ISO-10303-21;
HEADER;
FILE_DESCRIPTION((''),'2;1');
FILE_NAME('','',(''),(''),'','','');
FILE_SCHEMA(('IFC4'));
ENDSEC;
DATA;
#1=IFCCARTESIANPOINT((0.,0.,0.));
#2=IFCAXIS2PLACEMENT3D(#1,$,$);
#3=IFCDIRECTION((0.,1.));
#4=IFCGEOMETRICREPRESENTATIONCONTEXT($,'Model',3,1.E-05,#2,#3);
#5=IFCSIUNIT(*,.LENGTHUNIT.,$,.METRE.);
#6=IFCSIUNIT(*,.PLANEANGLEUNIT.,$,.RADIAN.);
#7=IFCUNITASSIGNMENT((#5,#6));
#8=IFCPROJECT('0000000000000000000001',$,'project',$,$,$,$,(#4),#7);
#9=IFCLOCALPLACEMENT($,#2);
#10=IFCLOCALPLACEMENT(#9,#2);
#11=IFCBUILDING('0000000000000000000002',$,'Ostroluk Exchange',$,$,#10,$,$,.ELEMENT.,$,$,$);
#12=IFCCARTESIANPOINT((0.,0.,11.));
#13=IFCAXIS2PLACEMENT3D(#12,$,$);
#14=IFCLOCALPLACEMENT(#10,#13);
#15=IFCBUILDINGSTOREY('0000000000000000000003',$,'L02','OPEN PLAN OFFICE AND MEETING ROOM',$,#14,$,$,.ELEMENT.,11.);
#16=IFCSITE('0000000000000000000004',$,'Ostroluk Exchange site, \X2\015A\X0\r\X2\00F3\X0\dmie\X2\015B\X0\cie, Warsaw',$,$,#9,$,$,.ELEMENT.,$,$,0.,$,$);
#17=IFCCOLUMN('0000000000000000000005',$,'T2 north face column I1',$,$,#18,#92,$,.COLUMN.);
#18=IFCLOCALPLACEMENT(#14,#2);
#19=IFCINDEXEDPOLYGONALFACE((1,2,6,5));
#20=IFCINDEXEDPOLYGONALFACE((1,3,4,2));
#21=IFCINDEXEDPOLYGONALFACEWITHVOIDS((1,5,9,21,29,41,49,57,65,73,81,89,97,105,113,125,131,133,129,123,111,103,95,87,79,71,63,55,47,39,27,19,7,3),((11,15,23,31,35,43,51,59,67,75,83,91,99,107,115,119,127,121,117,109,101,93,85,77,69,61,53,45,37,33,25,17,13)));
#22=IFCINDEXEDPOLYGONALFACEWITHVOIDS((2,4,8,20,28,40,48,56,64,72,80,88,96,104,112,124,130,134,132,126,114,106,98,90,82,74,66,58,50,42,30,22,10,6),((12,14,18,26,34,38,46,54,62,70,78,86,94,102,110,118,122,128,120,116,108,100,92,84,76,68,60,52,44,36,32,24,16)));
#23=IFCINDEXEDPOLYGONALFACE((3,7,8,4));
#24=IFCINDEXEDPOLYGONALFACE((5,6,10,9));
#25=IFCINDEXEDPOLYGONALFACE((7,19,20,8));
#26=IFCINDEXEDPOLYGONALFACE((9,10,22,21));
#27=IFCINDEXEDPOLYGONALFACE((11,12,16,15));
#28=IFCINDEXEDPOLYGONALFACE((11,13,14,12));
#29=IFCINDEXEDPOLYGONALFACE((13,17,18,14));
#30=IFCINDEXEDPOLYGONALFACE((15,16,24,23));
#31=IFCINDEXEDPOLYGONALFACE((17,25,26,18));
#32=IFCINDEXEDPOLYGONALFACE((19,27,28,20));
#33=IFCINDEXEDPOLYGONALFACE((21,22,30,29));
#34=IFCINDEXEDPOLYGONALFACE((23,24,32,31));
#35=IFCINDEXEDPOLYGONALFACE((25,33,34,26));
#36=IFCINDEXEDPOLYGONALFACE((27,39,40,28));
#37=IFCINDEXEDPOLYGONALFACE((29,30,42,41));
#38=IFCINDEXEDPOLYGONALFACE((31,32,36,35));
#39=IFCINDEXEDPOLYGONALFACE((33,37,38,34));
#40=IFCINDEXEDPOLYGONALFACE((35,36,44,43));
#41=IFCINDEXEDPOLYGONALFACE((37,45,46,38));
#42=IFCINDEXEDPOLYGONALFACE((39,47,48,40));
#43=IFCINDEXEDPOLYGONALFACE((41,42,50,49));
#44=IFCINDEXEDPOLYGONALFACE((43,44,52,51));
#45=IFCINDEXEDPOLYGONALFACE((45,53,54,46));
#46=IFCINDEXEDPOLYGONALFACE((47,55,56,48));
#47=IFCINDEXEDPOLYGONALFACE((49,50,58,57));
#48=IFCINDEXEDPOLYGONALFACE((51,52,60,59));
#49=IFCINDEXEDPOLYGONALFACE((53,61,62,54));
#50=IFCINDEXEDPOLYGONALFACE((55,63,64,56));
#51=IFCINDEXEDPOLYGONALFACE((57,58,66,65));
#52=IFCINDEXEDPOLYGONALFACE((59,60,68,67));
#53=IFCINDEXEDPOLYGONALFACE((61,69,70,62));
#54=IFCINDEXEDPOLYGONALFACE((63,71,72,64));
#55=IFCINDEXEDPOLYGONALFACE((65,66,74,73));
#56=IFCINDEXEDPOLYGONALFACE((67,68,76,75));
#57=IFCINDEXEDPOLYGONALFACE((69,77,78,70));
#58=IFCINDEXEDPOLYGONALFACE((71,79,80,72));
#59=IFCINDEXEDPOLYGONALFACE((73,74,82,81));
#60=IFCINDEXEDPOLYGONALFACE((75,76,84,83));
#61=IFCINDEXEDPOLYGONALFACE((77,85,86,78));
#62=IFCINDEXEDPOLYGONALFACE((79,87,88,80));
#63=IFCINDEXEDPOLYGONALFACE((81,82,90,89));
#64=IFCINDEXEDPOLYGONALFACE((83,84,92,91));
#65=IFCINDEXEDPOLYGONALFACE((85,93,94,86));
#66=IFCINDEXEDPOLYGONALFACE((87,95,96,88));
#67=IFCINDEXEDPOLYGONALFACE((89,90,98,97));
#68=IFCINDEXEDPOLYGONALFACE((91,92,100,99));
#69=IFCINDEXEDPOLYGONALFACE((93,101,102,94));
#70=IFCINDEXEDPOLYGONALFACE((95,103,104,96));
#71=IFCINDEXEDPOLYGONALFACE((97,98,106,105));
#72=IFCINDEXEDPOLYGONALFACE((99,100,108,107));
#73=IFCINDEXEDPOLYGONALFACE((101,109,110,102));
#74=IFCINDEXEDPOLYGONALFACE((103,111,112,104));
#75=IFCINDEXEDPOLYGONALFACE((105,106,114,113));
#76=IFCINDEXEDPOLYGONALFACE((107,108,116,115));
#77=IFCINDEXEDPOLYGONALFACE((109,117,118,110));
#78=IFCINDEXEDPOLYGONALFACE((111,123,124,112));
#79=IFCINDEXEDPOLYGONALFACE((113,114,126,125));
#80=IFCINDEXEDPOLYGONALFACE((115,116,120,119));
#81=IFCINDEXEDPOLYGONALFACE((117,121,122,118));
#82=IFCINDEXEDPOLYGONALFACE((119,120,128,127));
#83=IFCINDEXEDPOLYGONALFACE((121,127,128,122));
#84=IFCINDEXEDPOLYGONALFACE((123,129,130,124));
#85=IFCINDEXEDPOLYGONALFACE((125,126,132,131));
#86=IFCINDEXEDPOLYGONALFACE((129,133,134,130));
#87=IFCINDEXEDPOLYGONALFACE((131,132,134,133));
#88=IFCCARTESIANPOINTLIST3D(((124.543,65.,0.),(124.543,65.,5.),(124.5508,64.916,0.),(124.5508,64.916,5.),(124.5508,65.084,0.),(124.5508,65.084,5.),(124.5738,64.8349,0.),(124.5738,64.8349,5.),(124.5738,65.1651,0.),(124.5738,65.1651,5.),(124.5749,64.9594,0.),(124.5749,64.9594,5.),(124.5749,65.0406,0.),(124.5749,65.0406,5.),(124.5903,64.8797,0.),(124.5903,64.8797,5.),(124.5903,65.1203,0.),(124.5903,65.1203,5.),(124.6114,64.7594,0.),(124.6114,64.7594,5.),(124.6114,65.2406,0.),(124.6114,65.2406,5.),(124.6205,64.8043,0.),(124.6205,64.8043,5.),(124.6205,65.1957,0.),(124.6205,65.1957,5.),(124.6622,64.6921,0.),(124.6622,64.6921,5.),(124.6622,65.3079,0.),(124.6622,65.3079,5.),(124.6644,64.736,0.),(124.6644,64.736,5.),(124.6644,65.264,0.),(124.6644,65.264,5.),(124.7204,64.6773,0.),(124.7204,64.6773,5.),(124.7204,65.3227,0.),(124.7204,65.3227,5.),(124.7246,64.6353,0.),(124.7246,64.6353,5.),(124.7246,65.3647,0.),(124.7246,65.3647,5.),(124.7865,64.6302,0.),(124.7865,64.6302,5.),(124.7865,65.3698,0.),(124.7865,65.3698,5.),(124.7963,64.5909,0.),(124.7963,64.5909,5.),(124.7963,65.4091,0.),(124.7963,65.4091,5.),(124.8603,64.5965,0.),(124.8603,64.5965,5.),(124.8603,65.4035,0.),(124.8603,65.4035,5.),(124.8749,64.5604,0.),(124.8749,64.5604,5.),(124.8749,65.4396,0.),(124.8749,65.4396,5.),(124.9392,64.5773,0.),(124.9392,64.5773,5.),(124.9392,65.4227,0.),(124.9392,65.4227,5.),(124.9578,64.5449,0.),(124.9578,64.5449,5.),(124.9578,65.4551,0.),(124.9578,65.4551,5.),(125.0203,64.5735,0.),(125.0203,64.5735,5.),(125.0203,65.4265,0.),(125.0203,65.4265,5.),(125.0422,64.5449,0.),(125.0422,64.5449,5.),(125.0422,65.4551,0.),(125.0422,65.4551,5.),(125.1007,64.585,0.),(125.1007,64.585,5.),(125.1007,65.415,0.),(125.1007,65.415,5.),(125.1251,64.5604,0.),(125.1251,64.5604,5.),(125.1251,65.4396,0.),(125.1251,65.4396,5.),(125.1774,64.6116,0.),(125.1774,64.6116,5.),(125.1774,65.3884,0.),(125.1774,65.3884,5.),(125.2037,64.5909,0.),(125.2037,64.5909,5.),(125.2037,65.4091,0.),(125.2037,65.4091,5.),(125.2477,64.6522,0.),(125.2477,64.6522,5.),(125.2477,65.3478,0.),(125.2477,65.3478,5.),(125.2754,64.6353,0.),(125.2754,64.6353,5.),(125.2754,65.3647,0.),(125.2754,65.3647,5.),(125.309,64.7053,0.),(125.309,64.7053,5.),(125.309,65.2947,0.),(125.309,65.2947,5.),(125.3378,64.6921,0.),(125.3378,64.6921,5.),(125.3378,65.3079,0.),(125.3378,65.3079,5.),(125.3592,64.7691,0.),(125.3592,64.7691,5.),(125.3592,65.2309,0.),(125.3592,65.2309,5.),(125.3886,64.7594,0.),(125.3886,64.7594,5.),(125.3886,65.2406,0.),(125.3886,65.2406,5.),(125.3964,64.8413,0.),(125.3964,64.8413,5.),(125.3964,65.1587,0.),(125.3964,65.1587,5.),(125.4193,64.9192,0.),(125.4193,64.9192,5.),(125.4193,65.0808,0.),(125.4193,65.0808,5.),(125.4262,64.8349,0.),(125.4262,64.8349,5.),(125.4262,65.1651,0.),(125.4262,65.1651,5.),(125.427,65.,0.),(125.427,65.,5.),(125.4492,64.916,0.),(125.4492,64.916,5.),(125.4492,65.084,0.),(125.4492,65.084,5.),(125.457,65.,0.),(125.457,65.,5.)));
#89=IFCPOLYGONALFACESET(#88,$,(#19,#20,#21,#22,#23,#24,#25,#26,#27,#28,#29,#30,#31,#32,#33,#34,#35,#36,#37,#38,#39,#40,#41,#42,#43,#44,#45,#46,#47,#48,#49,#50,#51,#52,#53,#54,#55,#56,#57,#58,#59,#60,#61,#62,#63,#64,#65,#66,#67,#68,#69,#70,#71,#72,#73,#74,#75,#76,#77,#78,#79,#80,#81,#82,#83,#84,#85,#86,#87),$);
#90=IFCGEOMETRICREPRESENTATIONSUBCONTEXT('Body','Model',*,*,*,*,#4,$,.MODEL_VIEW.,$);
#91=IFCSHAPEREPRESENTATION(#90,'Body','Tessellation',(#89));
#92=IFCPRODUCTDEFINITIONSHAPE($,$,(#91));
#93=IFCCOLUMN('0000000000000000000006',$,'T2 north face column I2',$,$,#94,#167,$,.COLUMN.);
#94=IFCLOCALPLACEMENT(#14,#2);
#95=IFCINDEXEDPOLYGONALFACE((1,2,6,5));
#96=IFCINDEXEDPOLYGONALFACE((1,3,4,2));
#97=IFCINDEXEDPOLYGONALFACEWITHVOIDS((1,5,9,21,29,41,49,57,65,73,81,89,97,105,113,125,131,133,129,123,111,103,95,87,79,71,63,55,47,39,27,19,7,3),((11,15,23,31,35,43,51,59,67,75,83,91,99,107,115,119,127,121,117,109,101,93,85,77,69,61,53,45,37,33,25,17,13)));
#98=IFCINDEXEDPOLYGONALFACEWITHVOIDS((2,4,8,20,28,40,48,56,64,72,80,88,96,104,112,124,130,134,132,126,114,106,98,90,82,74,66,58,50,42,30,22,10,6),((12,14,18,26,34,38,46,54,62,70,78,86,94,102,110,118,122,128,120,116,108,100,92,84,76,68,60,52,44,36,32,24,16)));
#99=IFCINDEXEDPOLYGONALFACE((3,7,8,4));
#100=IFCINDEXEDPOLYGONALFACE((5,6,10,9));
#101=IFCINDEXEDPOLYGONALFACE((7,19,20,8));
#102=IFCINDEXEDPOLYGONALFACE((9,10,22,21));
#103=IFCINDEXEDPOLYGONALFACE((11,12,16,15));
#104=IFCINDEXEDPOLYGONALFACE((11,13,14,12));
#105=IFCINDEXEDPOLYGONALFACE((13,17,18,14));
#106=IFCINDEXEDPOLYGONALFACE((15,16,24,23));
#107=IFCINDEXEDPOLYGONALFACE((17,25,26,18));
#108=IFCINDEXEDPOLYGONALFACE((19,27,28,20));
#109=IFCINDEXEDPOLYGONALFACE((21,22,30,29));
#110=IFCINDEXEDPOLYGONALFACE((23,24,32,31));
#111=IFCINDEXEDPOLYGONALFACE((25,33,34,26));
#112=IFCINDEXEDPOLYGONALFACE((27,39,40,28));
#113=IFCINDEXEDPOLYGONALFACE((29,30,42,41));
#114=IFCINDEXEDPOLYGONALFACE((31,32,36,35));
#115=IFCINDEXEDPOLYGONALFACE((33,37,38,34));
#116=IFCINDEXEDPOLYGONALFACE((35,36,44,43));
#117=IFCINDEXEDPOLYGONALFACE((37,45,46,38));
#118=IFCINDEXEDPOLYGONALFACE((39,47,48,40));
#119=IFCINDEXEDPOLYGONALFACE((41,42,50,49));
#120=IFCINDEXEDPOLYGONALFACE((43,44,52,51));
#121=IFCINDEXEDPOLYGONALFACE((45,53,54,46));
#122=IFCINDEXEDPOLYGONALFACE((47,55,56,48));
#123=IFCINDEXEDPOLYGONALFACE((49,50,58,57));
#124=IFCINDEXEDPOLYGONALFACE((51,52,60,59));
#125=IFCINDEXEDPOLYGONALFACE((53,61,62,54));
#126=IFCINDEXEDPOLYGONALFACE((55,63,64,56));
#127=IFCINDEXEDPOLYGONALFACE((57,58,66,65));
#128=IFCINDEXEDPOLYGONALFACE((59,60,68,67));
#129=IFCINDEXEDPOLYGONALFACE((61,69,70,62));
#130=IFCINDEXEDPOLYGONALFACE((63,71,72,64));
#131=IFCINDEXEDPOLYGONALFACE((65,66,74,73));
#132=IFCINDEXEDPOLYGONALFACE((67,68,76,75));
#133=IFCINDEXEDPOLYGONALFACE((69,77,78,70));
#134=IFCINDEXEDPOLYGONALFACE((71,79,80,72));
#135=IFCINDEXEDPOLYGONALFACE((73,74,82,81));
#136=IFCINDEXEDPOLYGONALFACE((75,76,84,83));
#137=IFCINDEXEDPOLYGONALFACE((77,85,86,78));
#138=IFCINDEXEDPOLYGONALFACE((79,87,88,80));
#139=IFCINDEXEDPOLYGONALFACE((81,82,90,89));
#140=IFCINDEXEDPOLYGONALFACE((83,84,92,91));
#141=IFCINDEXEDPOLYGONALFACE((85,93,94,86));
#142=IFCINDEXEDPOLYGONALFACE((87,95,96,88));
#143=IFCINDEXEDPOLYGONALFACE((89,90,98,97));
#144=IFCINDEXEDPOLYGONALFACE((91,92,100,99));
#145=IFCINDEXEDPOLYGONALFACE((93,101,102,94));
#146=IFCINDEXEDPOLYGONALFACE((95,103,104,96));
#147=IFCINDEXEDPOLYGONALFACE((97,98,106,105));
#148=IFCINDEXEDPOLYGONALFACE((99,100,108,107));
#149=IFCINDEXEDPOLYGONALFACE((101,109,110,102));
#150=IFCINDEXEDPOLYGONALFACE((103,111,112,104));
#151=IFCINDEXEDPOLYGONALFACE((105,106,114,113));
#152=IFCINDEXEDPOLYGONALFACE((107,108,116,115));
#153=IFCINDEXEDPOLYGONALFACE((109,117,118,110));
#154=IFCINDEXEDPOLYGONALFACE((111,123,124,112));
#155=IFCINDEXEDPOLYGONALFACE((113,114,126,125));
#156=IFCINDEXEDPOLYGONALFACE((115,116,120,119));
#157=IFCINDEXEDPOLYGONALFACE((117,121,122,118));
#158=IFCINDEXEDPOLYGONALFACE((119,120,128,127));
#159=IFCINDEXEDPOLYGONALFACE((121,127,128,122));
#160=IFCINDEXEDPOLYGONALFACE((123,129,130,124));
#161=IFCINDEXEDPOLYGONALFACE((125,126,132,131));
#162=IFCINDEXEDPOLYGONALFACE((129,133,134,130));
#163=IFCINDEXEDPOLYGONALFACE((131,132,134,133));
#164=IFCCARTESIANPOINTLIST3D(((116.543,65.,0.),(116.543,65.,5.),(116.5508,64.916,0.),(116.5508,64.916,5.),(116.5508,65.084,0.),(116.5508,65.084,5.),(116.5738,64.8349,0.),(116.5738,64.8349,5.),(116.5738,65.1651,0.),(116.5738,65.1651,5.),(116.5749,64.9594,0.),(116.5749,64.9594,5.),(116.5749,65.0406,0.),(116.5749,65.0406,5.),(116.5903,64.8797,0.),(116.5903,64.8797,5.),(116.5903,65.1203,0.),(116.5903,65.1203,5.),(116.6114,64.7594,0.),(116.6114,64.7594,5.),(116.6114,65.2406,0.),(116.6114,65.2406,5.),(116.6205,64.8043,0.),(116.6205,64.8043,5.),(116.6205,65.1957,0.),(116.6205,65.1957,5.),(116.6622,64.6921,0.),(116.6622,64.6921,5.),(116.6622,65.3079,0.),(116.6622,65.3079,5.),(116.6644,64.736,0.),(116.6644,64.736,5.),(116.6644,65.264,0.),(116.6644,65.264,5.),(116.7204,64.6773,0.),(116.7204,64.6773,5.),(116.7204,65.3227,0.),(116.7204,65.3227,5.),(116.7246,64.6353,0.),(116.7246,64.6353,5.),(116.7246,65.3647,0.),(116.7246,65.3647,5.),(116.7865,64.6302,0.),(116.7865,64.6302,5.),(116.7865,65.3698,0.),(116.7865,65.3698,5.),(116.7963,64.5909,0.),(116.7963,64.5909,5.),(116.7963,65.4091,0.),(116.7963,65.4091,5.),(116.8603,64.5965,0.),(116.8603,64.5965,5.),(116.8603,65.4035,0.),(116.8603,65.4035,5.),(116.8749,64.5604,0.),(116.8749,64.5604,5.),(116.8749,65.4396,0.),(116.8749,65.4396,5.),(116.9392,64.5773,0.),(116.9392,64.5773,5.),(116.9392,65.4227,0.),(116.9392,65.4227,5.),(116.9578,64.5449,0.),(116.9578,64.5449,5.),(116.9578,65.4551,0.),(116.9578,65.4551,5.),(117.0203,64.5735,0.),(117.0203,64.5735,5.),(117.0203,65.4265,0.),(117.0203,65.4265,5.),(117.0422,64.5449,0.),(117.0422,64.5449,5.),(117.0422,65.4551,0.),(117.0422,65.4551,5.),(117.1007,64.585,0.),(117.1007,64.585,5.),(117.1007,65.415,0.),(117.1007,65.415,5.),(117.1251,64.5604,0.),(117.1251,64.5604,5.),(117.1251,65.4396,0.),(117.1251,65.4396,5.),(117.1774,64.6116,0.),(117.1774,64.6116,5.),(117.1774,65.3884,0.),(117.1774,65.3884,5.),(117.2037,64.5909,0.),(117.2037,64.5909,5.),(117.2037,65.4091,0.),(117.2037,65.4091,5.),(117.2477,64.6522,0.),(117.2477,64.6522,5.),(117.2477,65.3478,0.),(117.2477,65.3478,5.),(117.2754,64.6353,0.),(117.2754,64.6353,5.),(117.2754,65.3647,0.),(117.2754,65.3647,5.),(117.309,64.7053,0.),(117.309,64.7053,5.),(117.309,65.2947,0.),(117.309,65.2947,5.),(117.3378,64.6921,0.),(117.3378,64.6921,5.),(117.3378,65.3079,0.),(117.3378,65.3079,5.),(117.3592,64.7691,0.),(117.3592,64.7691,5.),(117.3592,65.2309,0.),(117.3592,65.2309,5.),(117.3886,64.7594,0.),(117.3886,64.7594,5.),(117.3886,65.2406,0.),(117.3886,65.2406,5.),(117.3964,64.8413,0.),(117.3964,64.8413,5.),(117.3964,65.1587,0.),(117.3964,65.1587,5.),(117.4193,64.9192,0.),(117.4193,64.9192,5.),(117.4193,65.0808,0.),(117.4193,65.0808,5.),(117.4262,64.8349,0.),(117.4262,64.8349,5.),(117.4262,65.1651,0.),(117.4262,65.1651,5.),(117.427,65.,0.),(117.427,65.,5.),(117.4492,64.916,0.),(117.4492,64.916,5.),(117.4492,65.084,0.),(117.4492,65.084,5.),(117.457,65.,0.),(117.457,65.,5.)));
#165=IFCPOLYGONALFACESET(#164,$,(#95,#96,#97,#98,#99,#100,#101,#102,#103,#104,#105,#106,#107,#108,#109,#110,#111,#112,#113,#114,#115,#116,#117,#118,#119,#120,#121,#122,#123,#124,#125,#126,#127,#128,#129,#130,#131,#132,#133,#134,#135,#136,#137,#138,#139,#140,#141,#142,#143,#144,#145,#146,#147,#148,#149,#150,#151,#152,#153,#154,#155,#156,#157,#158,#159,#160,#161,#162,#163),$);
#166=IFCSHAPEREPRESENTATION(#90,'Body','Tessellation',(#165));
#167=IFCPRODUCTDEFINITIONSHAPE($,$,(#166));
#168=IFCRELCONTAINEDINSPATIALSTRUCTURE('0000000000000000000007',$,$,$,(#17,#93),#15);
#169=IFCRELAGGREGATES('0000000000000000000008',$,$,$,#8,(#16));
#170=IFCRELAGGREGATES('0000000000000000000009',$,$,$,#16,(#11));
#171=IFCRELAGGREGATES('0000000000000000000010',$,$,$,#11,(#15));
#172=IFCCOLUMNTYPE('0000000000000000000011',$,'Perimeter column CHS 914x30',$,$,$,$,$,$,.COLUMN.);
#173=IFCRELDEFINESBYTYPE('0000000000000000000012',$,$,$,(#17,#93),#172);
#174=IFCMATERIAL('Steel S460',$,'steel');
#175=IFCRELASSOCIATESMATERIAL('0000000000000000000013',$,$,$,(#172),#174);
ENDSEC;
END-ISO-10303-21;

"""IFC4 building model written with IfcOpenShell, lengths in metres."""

from ifc_helpers import new_model, si_unit, direction, frame, origin, origin_2d, place, context, subcontext, project, spatial, hollow_circle, extrude, material, material_profile, profile_set, type_object, element, save


model = new_model("IFC4")

# Units and contexts
model_context = context("Model", 3, precision=1e-05, world=origin(), true_north=direction((0.0, 1.0)))
body_context = subcontext(model_context, "Body", "Model", "MODEL_VIEW")
ifc_project = project(units=[si_unit("LENGTHUNIT", "METRE"), si_unit("PLANEANGLEUNIT", "RADIAN")], contexts=[model_context])

# Site, building, storey
site_placement = place(None, origin())
site = spatial("IfcSite", under=ifc_project, at=site_placement, Name="Ostroluk Exchange site, Śródmieście, Warsaw", CompositionType="ELEMENT", RefElevation=0.0)
building_placement = place(site_placement, origin())
building = spatial("IfcBuilding", under=site, at=building_placement, Name="Ostroluk Exchange", CompositionType="ELEMENT")
storey_placement = place(building_placement, frame((0.0, 0.0, 11.0)))
storey = spatial("IfcBuildingStorey", under=building, at=storey_placement, Name="L02", Description="OPEN PLAN OFFICE AND MEETING ROOM", CompositionType="ELEMENT", Elevation=11.0)

# Columns
ifc_material_1 = material(Name="Steel S460", Category="steel")
ifc_material_profile_1 = material_profile(ifc_material_1, hollow_circle(Radius=0.457, WallThickness=0.03, at=origin_2d()), Name="CHS 914x30")
ifc_profile_set_1 = profile_set([ifc_material_profile_1], Name="Steel S460")
column_type_1 = type_object("IfcColumnType", Name="Perimeter column CHS 914x30", PredefinedType="COLUMN", material=ifc_profile_set_1)
for number, where, z_axis, x_axis, name in (
    (1, (125.0, 65.0, 0.0), (0.0, 0.0, 1.0), (1.0, 0.0, 0.0), "T2 north face column I1"),
    (2, (117.0, 65.0, 0.0), (0.0, 0.0, 1.0), (1.0, 0.0, 0.0), "T2 north face column I2"),
):
    element("IfcColumn", number, at=place(storey_placement, frame(where, z_axis=z_axis, x_axis=x_axis)), inside=storey, type_object=column_type_1, Name=name, PredefinedType="COLUMN", context=body_context, shape_type="SweptSolid", body=[
        extrude(hollow_circle(Radius=0.457, WallThickness=0.03, at=origin_2d()), origin(), (0.0, 0.0, 1.0), 5.0),
    ])

save(model, "model.ifc")
